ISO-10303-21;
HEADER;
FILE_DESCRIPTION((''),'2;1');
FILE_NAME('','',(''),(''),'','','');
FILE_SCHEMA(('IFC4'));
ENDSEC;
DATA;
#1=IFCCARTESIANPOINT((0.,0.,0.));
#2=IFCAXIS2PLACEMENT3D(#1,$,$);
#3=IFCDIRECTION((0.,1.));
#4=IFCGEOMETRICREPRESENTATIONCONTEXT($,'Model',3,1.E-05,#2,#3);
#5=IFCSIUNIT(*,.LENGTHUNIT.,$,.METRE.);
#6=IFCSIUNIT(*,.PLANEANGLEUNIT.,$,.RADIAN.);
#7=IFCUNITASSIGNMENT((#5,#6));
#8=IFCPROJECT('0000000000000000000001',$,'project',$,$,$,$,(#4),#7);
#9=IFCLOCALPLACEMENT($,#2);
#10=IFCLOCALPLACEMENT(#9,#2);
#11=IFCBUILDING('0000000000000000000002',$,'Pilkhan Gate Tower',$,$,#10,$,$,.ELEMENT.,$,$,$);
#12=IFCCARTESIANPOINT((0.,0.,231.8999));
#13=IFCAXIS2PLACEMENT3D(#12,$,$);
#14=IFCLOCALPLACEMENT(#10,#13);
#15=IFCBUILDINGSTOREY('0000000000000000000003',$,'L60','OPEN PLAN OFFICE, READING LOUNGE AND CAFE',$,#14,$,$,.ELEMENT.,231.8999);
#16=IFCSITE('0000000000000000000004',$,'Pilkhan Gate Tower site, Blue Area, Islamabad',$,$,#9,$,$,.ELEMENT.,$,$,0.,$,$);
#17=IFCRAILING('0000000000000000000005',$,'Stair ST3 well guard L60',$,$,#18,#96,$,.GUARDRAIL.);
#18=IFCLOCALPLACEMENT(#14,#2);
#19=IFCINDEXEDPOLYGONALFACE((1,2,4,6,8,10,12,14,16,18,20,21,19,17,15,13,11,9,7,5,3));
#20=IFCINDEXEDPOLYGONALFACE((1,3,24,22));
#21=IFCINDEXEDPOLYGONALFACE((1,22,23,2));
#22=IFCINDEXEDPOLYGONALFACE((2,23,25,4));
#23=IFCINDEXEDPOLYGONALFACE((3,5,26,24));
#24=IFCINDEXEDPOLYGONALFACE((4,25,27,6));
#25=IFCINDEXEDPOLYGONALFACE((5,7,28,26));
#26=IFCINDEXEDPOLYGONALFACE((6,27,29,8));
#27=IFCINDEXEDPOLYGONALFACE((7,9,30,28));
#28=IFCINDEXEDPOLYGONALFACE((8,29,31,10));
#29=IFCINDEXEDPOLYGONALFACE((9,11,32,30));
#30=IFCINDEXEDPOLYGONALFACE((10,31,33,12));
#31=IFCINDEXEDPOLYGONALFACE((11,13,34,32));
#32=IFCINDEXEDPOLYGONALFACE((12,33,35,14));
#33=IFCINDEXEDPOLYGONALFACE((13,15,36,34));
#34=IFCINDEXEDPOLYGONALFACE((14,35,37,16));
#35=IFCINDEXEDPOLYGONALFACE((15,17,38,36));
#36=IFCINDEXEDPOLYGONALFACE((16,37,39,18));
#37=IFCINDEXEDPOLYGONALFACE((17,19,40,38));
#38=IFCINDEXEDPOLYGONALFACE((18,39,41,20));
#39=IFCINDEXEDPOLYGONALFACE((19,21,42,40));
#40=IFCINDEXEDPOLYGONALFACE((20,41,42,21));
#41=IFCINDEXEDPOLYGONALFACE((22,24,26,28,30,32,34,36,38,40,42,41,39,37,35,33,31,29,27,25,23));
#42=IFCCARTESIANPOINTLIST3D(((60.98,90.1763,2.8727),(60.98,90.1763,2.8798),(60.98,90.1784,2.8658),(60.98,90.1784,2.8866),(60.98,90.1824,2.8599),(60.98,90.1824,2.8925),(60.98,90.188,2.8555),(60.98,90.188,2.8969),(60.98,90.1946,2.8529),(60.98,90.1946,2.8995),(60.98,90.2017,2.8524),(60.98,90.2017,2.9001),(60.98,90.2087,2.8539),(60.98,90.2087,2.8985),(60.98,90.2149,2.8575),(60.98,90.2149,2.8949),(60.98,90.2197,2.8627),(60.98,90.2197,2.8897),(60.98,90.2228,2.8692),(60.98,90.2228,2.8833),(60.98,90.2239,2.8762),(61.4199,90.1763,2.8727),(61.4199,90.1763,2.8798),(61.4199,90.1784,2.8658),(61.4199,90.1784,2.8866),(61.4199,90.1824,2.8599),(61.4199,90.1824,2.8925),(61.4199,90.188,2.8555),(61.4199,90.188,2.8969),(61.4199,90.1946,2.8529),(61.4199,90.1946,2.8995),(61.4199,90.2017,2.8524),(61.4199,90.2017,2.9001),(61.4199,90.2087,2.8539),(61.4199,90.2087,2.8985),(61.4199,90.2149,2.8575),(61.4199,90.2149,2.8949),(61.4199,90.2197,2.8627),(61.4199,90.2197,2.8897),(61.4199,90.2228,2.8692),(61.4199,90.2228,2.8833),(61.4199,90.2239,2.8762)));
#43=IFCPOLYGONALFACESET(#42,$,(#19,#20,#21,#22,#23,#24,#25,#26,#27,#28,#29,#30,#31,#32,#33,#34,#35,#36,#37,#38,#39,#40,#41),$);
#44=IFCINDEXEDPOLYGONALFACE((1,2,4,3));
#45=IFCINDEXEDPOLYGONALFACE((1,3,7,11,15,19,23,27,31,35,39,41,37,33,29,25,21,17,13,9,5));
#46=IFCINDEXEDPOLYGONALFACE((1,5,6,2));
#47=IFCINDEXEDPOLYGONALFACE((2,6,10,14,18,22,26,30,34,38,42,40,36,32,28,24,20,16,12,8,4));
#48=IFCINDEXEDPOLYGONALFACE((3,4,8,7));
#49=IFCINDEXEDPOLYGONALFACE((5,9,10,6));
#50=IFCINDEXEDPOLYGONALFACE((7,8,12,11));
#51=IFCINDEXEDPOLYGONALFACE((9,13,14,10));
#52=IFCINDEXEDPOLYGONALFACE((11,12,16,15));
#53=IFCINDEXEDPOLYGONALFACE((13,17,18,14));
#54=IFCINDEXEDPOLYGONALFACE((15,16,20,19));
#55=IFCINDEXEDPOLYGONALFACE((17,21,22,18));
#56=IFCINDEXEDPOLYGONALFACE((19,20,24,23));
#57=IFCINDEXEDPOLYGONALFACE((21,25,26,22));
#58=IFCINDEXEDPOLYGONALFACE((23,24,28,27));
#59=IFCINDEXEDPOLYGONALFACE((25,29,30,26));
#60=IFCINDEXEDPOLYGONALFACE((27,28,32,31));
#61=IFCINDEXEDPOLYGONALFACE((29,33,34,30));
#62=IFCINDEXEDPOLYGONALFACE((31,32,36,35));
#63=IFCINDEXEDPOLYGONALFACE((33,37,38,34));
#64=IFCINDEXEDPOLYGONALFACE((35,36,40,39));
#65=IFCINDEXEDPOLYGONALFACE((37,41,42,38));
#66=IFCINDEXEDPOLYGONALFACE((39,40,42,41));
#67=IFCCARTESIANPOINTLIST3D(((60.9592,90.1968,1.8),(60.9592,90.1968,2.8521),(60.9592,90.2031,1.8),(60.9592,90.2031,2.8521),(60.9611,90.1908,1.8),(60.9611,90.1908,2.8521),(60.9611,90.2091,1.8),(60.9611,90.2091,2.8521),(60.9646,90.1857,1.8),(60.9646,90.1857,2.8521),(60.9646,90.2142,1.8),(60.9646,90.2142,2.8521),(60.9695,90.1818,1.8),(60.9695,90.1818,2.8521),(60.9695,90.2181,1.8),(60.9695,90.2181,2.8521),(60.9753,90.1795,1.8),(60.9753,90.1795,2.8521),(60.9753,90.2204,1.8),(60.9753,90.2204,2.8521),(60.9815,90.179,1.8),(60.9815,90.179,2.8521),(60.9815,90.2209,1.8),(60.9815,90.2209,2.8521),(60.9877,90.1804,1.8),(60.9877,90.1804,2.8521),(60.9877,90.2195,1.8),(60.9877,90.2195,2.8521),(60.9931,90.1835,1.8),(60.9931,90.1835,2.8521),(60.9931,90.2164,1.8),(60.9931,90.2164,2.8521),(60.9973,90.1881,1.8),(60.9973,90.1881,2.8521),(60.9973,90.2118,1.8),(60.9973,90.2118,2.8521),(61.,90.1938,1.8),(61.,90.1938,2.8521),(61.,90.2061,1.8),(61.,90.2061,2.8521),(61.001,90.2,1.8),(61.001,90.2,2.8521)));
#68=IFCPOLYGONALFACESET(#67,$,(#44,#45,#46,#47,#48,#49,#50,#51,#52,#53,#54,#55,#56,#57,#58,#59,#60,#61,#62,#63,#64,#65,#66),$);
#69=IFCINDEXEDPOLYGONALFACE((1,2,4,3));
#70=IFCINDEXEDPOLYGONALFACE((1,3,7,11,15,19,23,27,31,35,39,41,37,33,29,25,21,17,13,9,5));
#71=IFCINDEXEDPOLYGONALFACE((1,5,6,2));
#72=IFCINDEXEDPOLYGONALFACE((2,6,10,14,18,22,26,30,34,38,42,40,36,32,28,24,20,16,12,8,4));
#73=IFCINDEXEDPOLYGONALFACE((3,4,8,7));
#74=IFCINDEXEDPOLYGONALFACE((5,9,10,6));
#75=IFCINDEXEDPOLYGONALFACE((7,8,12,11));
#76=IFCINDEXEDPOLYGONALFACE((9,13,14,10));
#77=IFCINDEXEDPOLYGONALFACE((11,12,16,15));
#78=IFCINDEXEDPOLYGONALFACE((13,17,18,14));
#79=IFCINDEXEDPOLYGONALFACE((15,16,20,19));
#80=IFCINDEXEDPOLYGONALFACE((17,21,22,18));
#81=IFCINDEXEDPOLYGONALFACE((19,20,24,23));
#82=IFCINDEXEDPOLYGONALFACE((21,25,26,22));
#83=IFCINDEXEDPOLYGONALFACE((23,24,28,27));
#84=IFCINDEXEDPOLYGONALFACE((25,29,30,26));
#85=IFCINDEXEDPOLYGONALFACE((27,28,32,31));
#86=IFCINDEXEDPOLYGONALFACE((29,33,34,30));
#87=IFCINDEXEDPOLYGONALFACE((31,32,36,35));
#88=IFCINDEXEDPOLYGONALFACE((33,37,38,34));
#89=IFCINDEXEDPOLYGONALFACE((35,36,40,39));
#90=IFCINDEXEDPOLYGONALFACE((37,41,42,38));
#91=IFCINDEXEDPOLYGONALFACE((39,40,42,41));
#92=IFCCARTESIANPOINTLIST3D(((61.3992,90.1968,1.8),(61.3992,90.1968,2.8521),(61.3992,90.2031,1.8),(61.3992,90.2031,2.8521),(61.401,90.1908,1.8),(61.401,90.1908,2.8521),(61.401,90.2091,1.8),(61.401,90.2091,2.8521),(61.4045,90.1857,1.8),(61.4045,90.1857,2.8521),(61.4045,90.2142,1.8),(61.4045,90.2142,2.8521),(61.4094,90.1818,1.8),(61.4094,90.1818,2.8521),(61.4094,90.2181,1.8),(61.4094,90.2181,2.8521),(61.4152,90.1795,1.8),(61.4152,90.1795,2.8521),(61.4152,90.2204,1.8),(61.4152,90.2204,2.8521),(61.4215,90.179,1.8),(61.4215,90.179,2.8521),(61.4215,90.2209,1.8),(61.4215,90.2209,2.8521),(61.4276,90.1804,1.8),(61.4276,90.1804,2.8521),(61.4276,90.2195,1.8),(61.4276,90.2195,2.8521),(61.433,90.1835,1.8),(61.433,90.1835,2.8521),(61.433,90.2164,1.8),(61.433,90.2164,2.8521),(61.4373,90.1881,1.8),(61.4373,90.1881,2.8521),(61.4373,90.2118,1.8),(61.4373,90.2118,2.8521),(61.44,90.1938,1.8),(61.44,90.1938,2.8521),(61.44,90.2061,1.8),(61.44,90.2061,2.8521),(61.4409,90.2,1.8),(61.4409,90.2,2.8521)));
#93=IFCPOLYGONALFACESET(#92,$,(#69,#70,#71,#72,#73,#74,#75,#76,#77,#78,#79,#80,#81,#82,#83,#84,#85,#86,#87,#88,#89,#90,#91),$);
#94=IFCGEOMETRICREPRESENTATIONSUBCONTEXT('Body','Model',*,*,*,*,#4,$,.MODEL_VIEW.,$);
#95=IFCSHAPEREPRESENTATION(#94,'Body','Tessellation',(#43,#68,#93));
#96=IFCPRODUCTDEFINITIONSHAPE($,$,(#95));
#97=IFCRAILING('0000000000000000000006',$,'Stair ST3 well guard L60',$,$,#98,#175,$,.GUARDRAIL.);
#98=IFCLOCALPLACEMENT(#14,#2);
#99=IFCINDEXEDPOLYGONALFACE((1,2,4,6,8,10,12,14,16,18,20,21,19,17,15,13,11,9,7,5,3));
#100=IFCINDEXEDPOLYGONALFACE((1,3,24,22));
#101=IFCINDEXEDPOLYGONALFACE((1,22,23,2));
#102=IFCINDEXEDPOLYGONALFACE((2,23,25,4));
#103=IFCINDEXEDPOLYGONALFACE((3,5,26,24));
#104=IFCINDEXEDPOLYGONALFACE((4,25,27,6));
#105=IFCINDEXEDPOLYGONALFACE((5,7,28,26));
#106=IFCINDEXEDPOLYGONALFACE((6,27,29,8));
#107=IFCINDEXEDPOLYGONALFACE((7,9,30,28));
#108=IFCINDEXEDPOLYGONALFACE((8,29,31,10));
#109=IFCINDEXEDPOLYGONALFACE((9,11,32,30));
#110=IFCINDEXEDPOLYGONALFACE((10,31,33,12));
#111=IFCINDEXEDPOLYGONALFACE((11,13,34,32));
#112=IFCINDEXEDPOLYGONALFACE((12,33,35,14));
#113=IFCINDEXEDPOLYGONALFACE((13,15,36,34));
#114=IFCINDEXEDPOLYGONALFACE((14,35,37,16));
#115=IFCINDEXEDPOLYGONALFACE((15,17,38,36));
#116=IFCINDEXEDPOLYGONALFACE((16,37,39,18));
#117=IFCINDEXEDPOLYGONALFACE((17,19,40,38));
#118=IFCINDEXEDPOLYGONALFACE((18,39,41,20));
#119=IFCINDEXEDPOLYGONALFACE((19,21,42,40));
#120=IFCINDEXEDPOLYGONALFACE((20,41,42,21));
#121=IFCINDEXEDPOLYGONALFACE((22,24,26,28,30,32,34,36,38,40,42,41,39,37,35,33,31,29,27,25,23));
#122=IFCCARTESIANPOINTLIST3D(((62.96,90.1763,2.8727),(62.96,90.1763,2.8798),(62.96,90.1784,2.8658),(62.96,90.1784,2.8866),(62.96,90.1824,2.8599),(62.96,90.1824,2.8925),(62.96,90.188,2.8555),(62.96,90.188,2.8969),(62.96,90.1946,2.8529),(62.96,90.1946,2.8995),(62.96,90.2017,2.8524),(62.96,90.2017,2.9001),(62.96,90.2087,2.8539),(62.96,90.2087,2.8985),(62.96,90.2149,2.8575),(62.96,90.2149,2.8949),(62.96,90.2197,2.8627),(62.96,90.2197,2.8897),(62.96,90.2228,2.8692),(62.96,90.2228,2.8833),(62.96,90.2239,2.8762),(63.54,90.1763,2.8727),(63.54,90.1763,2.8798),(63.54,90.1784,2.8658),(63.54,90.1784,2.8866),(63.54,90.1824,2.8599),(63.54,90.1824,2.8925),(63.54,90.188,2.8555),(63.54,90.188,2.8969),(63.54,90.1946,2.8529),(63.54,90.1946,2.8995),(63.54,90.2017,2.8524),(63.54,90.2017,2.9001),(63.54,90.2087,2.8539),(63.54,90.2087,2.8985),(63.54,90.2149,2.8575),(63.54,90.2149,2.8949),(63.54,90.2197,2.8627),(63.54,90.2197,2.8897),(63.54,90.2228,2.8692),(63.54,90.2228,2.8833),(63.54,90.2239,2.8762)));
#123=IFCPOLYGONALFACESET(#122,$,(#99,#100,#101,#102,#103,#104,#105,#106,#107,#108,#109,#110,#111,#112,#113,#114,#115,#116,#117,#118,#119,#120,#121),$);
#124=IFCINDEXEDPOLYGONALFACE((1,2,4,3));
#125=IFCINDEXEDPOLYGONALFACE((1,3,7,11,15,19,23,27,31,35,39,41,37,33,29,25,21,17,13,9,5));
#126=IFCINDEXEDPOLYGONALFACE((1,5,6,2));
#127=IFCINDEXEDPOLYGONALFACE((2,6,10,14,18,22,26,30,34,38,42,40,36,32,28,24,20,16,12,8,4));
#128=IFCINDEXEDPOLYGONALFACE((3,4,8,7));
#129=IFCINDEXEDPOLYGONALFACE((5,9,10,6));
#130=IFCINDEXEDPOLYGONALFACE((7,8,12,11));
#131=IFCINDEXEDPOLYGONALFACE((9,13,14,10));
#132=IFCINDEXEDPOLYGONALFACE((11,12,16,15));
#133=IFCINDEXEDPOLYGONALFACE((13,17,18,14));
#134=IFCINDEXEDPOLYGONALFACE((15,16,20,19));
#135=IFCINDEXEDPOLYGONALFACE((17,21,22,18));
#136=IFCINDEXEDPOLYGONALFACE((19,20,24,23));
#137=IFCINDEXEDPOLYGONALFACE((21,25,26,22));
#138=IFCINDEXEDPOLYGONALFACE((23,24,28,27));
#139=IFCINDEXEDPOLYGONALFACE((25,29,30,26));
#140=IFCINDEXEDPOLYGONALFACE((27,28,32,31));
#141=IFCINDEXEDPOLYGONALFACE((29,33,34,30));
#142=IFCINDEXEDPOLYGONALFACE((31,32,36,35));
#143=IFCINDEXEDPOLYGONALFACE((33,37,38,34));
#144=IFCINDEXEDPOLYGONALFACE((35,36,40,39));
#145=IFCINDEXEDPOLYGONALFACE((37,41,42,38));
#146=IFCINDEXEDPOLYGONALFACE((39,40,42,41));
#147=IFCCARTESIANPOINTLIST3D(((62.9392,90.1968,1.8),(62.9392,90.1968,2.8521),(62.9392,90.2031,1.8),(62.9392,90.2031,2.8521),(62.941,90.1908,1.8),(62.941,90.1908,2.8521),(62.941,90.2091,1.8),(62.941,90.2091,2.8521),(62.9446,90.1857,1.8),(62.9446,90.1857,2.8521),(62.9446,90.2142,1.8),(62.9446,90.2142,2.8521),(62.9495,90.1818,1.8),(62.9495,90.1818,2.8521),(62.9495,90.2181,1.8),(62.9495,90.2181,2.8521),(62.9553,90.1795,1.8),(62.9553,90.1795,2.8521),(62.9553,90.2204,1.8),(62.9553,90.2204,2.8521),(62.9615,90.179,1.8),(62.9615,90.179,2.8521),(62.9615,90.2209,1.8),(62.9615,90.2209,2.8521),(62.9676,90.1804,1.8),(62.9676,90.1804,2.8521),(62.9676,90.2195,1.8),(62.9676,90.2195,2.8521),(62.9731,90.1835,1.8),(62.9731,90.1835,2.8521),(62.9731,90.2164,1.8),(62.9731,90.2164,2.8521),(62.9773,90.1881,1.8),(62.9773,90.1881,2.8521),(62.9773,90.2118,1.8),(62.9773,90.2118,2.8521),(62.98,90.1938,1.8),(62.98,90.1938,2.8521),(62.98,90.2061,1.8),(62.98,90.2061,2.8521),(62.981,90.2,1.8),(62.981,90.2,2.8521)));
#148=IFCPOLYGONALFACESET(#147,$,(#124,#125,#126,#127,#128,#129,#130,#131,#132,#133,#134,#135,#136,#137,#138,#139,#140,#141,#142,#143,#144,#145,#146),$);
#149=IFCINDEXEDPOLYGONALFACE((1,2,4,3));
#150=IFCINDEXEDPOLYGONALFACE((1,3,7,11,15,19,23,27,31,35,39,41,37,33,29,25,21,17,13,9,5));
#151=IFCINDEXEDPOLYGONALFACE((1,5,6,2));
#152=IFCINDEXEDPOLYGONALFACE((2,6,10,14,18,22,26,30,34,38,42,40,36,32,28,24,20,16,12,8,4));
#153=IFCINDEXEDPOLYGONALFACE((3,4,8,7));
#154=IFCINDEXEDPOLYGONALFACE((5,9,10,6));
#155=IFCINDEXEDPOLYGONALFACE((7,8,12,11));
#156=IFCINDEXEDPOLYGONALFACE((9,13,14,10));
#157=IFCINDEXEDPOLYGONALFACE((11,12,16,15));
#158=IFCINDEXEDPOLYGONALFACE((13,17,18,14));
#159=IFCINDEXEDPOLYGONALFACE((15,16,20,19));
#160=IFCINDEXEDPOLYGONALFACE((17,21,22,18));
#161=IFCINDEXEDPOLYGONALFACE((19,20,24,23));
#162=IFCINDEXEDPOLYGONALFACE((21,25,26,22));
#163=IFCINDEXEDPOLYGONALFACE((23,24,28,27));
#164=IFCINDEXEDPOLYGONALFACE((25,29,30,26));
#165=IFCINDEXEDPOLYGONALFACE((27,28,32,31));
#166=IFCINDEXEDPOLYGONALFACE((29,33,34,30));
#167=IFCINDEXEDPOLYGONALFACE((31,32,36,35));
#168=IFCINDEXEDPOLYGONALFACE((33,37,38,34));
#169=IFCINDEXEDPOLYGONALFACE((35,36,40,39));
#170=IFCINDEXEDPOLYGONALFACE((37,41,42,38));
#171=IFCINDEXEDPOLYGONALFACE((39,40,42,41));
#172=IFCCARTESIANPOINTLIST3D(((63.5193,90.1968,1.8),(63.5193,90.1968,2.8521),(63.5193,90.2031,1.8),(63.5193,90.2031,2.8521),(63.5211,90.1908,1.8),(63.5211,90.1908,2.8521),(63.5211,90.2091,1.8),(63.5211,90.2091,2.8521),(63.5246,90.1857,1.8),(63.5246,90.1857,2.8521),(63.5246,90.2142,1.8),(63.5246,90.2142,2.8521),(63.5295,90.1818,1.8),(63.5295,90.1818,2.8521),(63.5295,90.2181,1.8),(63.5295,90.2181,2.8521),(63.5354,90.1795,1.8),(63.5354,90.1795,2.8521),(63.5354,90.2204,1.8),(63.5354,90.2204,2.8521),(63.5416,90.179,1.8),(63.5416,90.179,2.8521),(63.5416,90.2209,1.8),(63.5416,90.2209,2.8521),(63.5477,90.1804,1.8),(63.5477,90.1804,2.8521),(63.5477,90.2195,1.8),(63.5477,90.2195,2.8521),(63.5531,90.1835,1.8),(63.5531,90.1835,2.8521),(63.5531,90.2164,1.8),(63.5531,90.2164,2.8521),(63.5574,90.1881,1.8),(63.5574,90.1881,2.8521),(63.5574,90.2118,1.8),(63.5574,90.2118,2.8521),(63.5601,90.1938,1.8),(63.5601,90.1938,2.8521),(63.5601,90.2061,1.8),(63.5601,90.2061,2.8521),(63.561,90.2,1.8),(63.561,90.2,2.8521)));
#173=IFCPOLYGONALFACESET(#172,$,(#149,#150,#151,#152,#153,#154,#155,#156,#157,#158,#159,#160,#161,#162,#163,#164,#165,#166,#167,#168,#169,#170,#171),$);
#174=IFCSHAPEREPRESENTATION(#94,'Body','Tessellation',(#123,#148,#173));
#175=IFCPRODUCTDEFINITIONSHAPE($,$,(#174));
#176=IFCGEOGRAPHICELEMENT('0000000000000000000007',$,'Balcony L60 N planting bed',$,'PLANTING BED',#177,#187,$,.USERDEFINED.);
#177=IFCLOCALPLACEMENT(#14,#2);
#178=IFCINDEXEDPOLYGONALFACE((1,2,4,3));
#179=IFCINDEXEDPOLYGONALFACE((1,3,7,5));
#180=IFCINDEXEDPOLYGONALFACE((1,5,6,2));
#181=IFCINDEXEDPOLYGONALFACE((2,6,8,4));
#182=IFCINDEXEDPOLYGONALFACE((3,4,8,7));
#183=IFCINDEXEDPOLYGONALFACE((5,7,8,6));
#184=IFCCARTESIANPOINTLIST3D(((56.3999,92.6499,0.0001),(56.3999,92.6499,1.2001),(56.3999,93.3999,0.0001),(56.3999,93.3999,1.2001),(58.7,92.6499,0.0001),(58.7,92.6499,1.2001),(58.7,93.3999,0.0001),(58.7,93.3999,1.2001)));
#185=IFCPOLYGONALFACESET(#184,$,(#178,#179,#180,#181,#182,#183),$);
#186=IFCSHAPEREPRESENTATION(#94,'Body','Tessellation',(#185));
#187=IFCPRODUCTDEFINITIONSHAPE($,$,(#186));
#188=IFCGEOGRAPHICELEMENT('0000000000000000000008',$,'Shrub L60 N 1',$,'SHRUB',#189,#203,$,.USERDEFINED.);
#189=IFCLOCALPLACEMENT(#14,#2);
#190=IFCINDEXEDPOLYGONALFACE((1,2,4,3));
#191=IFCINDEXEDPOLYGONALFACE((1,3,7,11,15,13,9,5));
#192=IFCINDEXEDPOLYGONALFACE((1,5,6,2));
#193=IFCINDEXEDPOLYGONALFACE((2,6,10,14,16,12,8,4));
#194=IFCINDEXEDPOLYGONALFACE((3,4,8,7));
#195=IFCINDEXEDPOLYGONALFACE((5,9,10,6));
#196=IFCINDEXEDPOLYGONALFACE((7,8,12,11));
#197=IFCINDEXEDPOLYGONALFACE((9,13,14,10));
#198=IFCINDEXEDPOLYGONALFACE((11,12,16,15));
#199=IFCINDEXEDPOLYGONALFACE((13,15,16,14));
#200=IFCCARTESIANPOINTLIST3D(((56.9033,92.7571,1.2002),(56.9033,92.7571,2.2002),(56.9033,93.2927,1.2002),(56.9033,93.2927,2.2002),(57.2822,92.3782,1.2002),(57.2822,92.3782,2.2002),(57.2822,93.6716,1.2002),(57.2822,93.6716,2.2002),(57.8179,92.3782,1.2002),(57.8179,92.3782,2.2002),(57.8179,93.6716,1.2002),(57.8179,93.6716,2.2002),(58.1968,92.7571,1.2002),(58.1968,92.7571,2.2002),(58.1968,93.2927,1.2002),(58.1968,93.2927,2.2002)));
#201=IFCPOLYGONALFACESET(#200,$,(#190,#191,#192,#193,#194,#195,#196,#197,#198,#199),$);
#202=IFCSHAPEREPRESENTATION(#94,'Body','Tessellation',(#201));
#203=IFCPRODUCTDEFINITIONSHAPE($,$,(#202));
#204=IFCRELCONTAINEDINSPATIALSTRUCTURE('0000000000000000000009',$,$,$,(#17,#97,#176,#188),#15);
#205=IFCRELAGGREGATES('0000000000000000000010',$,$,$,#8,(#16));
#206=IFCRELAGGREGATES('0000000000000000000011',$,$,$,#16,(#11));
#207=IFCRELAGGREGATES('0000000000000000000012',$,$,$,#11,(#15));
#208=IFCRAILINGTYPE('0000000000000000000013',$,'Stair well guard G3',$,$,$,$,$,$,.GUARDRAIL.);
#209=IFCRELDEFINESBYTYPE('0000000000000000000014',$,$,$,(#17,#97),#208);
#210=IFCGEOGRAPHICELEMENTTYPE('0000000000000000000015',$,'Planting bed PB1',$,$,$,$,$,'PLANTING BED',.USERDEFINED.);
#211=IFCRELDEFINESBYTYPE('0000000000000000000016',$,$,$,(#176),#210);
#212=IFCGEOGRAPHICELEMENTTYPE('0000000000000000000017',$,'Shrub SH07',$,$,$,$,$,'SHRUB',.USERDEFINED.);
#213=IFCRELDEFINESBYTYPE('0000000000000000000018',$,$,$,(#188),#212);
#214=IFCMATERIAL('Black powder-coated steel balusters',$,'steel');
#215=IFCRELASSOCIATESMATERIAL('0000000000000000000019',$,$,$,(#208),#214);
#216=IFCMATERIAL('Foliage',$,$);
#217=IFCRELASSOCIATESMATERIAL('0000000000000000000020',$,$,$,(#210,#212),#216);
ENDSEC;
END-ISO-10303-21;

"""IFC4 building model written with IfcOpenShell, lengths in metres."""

from ifc_helpers import new_model, si_unit, direction, frame, origin, origin_2d, place, context, subcontext, project, spatial, polyline, rectangle, circle, outline, extrude, material, material_profile, profile_set, type_object, element, save


model = new_model("IFC4")

# Units and contexts
model_context = context("Model", 3, precision=1e-05, world=origin(), true_north=direction((0.0, 1.0)))
body_context = subcontext(model_context, "Body", "Model", "MODEL_VIEW")
ifc_project = project(units=[si_unit("LENGTHUNIT", "METRE"), si_unit("PLANEANGLEUNIT", "RADIAN")], contexts=[model_context])

# Site, building, storey
site_placement = place(None, origin())
site = spatial("IfcSite", under=ifc_project, at=site_placement, Name="Pilkhan Gate Tower site, Blue Area, Islamabad", CompositionType="ELEMENT", RefElevation=0.0)
building_placement = place(site_placement, origin())
building = spatial("IfcBuilding", under=site, at=building_placement, Name="Pilkhan Gate Tower", CompositionType="ELEMENT")
storey_placement = place(building_placement, frame((0.0, 0.0, 231.8999)))
storey = spatial("IfcBuildingStorey", under=building, at=storey_placement, Name="L60", Description="OPEN PLAN OFFICE, READING LOUNGE AND CAFE", CompositionType="ELEMENT", Elevation=231.8999)

# Railings
ifc_material_1 = material(Name="Black powder-coated steel balusters", Category="steel")
railing_type_1 = type_object("IfcRailingType", Name="Stair well guard G3", PredefinedType="GUARDRAIL", material=ifc_material_1)
railing_1_placement = place(storey_placement, frame((60.98, 90.2, 1.8)))
element("IfcRailing", 1, at=railing_1_placement, inside=storey, type_object=railing_type_1, Name="Stair ST3 well guard L60", PredefinedType="GUARDRAIL", context=body_context, shape_type="SweptSolid", body=[
    extrude(circle(Radius=0.0239, at=origin_2d()), frame((0.0, 0.0, 1.0762), z_axis=(1.0, 0.0, 0.0), x_axis=(0.0, 1.0, 0.0)), (0.0, 0.0, 1.0), 0.4399),
    extrude(circle(Radius=0.021, at=origin_2d()), origin(), (0.0, 0.0, 1.0), 1.052),
    extrude(circle(Radius=0.021, at=origin_2d()), frame((0.4399, 0.0, 0.0)), (0.0, 0.0, 1.0), 1.052),
])
railing_2_placement = place(storey_placement, frame((62.96, 90.2, 1.8)))
element("IfcRailing", 2, at=railing_2_placement, inside=storey, type_object=railing_type_1, Name="Stair ST3 well guard L60", PredefinedType="GUARDRAIL", context=body_context, shape_type="SweptSolid", body=[
    extrude(circle(Radius=0.0239, at=origin_2d()), frame((0.0, 0.0, 1.0762), z_axis=(1.0, 0.0, 0.0), x_axis=(0.0, 1.0, 0.0)), (0.0, 0.0, 1.0), 0.5801),
    extrude(circle(Radius=0.021, at=origin_2d()), origin(), (0.0, 0.0, 1.0), 1.052),
    extrude(circle(Radius=0.021, at=origin_2d()), frame((0.5801, 0.0, 0.0)), (0.0, 0.0, 1.0), 1.052),
])

# Geographic elements
ifc_material_2 = material(Name="Foliage")
ifc_material_profile_1 = material_profile(ifc_material_2, rectangle(XDim=0.75, YDim=1.2, at=origin_2d()), Name="Bed 750x1200")
ifc_profile_set_1 = profile_set([ifc_material_profile_1], Name="Foliage")
geographic_element_type_1 = type_object("IfcGeographicElementType", Name="Planting bed PB1", ElementType="PLANTING BED", PredefinedType="USERDEFINED", material=ifc_profile_set_1)
geographic_element_1_placement = place(storey_placement, frame((56.3999, 93.0249, 0.6001), z_axis=(1.0, 0.0, 0.0), x_axis=(0.0, 1.0, 0.0)))
element("IfcGeographicElement", 3, at=geographic_element_1_placement, inside=storey, type_object=geographic_element_type_1, Name="Balcony L60 N planting bed", ObjectType="PLANTING BED", PredefinedType="USERDEFINED", context=body_context, shape_type="SweptSolid", body=[
    extrude(rectangle(XDim=0.75, YDim=1.2, at=origin_2d()), origin(), (0.0, 0.0, 1.0), 2.3),
])
ifc_material_profile_2 = material_profile(ifc_material_2, outline(polyline([(0.6467, 0.2678), (0.2678, 0.6467), (-0.2678, 0.6467), (-0.6467, 0.2678), (-0.6467, -0.2678), (-0.2678, -0.6467), (0.2678, -0.6467), (0.6467, -0.2678), (0.6467, 0.2678)])), Name="Shrub D1.4")
ifc_profile_set_2 = profile_set([ifc_material_profile_2], Name="Foliage")
geographic_element_type_2 = type_object("IfcGeographicElementType", Name="Shrub SH07", ElementType="SHRUB", PredefinedType="USERDEFINED", material=ifc_profile_set_2)
geographic_element_2_placement = place(storey_placement, frame((57.55, 93.0249, 1.2002), z_axis=(0.0, 0.0, 1.0), x_axis=(1.0, 0.0, 0.0)))
element("IfcGeographicElement", 4, at=geographic_element_2_placement, inside=storey, type_object=geographic_element_type_2, Name="Shrub L60 N 1", ObjectType="SHRUB", PredefinedType="USERDEFINED", context=body_context, shape_type="SweptSolid", body=[
    extrude(outline(polyline([(0.6467, 0.2678), (0.2678, 0.6467), (-0.2678, 0.6467), (-0.6467, 0.2678), (-0.6467, -0.2678), (-0.2678, -0.6467), (0.2678, -0.6467), (0.6467, -0.2678), (0.6467, 0.2678)])), origin(), (0.0, 0.0, 1.0), 1.0),
])

save(model, "model.ifc")
